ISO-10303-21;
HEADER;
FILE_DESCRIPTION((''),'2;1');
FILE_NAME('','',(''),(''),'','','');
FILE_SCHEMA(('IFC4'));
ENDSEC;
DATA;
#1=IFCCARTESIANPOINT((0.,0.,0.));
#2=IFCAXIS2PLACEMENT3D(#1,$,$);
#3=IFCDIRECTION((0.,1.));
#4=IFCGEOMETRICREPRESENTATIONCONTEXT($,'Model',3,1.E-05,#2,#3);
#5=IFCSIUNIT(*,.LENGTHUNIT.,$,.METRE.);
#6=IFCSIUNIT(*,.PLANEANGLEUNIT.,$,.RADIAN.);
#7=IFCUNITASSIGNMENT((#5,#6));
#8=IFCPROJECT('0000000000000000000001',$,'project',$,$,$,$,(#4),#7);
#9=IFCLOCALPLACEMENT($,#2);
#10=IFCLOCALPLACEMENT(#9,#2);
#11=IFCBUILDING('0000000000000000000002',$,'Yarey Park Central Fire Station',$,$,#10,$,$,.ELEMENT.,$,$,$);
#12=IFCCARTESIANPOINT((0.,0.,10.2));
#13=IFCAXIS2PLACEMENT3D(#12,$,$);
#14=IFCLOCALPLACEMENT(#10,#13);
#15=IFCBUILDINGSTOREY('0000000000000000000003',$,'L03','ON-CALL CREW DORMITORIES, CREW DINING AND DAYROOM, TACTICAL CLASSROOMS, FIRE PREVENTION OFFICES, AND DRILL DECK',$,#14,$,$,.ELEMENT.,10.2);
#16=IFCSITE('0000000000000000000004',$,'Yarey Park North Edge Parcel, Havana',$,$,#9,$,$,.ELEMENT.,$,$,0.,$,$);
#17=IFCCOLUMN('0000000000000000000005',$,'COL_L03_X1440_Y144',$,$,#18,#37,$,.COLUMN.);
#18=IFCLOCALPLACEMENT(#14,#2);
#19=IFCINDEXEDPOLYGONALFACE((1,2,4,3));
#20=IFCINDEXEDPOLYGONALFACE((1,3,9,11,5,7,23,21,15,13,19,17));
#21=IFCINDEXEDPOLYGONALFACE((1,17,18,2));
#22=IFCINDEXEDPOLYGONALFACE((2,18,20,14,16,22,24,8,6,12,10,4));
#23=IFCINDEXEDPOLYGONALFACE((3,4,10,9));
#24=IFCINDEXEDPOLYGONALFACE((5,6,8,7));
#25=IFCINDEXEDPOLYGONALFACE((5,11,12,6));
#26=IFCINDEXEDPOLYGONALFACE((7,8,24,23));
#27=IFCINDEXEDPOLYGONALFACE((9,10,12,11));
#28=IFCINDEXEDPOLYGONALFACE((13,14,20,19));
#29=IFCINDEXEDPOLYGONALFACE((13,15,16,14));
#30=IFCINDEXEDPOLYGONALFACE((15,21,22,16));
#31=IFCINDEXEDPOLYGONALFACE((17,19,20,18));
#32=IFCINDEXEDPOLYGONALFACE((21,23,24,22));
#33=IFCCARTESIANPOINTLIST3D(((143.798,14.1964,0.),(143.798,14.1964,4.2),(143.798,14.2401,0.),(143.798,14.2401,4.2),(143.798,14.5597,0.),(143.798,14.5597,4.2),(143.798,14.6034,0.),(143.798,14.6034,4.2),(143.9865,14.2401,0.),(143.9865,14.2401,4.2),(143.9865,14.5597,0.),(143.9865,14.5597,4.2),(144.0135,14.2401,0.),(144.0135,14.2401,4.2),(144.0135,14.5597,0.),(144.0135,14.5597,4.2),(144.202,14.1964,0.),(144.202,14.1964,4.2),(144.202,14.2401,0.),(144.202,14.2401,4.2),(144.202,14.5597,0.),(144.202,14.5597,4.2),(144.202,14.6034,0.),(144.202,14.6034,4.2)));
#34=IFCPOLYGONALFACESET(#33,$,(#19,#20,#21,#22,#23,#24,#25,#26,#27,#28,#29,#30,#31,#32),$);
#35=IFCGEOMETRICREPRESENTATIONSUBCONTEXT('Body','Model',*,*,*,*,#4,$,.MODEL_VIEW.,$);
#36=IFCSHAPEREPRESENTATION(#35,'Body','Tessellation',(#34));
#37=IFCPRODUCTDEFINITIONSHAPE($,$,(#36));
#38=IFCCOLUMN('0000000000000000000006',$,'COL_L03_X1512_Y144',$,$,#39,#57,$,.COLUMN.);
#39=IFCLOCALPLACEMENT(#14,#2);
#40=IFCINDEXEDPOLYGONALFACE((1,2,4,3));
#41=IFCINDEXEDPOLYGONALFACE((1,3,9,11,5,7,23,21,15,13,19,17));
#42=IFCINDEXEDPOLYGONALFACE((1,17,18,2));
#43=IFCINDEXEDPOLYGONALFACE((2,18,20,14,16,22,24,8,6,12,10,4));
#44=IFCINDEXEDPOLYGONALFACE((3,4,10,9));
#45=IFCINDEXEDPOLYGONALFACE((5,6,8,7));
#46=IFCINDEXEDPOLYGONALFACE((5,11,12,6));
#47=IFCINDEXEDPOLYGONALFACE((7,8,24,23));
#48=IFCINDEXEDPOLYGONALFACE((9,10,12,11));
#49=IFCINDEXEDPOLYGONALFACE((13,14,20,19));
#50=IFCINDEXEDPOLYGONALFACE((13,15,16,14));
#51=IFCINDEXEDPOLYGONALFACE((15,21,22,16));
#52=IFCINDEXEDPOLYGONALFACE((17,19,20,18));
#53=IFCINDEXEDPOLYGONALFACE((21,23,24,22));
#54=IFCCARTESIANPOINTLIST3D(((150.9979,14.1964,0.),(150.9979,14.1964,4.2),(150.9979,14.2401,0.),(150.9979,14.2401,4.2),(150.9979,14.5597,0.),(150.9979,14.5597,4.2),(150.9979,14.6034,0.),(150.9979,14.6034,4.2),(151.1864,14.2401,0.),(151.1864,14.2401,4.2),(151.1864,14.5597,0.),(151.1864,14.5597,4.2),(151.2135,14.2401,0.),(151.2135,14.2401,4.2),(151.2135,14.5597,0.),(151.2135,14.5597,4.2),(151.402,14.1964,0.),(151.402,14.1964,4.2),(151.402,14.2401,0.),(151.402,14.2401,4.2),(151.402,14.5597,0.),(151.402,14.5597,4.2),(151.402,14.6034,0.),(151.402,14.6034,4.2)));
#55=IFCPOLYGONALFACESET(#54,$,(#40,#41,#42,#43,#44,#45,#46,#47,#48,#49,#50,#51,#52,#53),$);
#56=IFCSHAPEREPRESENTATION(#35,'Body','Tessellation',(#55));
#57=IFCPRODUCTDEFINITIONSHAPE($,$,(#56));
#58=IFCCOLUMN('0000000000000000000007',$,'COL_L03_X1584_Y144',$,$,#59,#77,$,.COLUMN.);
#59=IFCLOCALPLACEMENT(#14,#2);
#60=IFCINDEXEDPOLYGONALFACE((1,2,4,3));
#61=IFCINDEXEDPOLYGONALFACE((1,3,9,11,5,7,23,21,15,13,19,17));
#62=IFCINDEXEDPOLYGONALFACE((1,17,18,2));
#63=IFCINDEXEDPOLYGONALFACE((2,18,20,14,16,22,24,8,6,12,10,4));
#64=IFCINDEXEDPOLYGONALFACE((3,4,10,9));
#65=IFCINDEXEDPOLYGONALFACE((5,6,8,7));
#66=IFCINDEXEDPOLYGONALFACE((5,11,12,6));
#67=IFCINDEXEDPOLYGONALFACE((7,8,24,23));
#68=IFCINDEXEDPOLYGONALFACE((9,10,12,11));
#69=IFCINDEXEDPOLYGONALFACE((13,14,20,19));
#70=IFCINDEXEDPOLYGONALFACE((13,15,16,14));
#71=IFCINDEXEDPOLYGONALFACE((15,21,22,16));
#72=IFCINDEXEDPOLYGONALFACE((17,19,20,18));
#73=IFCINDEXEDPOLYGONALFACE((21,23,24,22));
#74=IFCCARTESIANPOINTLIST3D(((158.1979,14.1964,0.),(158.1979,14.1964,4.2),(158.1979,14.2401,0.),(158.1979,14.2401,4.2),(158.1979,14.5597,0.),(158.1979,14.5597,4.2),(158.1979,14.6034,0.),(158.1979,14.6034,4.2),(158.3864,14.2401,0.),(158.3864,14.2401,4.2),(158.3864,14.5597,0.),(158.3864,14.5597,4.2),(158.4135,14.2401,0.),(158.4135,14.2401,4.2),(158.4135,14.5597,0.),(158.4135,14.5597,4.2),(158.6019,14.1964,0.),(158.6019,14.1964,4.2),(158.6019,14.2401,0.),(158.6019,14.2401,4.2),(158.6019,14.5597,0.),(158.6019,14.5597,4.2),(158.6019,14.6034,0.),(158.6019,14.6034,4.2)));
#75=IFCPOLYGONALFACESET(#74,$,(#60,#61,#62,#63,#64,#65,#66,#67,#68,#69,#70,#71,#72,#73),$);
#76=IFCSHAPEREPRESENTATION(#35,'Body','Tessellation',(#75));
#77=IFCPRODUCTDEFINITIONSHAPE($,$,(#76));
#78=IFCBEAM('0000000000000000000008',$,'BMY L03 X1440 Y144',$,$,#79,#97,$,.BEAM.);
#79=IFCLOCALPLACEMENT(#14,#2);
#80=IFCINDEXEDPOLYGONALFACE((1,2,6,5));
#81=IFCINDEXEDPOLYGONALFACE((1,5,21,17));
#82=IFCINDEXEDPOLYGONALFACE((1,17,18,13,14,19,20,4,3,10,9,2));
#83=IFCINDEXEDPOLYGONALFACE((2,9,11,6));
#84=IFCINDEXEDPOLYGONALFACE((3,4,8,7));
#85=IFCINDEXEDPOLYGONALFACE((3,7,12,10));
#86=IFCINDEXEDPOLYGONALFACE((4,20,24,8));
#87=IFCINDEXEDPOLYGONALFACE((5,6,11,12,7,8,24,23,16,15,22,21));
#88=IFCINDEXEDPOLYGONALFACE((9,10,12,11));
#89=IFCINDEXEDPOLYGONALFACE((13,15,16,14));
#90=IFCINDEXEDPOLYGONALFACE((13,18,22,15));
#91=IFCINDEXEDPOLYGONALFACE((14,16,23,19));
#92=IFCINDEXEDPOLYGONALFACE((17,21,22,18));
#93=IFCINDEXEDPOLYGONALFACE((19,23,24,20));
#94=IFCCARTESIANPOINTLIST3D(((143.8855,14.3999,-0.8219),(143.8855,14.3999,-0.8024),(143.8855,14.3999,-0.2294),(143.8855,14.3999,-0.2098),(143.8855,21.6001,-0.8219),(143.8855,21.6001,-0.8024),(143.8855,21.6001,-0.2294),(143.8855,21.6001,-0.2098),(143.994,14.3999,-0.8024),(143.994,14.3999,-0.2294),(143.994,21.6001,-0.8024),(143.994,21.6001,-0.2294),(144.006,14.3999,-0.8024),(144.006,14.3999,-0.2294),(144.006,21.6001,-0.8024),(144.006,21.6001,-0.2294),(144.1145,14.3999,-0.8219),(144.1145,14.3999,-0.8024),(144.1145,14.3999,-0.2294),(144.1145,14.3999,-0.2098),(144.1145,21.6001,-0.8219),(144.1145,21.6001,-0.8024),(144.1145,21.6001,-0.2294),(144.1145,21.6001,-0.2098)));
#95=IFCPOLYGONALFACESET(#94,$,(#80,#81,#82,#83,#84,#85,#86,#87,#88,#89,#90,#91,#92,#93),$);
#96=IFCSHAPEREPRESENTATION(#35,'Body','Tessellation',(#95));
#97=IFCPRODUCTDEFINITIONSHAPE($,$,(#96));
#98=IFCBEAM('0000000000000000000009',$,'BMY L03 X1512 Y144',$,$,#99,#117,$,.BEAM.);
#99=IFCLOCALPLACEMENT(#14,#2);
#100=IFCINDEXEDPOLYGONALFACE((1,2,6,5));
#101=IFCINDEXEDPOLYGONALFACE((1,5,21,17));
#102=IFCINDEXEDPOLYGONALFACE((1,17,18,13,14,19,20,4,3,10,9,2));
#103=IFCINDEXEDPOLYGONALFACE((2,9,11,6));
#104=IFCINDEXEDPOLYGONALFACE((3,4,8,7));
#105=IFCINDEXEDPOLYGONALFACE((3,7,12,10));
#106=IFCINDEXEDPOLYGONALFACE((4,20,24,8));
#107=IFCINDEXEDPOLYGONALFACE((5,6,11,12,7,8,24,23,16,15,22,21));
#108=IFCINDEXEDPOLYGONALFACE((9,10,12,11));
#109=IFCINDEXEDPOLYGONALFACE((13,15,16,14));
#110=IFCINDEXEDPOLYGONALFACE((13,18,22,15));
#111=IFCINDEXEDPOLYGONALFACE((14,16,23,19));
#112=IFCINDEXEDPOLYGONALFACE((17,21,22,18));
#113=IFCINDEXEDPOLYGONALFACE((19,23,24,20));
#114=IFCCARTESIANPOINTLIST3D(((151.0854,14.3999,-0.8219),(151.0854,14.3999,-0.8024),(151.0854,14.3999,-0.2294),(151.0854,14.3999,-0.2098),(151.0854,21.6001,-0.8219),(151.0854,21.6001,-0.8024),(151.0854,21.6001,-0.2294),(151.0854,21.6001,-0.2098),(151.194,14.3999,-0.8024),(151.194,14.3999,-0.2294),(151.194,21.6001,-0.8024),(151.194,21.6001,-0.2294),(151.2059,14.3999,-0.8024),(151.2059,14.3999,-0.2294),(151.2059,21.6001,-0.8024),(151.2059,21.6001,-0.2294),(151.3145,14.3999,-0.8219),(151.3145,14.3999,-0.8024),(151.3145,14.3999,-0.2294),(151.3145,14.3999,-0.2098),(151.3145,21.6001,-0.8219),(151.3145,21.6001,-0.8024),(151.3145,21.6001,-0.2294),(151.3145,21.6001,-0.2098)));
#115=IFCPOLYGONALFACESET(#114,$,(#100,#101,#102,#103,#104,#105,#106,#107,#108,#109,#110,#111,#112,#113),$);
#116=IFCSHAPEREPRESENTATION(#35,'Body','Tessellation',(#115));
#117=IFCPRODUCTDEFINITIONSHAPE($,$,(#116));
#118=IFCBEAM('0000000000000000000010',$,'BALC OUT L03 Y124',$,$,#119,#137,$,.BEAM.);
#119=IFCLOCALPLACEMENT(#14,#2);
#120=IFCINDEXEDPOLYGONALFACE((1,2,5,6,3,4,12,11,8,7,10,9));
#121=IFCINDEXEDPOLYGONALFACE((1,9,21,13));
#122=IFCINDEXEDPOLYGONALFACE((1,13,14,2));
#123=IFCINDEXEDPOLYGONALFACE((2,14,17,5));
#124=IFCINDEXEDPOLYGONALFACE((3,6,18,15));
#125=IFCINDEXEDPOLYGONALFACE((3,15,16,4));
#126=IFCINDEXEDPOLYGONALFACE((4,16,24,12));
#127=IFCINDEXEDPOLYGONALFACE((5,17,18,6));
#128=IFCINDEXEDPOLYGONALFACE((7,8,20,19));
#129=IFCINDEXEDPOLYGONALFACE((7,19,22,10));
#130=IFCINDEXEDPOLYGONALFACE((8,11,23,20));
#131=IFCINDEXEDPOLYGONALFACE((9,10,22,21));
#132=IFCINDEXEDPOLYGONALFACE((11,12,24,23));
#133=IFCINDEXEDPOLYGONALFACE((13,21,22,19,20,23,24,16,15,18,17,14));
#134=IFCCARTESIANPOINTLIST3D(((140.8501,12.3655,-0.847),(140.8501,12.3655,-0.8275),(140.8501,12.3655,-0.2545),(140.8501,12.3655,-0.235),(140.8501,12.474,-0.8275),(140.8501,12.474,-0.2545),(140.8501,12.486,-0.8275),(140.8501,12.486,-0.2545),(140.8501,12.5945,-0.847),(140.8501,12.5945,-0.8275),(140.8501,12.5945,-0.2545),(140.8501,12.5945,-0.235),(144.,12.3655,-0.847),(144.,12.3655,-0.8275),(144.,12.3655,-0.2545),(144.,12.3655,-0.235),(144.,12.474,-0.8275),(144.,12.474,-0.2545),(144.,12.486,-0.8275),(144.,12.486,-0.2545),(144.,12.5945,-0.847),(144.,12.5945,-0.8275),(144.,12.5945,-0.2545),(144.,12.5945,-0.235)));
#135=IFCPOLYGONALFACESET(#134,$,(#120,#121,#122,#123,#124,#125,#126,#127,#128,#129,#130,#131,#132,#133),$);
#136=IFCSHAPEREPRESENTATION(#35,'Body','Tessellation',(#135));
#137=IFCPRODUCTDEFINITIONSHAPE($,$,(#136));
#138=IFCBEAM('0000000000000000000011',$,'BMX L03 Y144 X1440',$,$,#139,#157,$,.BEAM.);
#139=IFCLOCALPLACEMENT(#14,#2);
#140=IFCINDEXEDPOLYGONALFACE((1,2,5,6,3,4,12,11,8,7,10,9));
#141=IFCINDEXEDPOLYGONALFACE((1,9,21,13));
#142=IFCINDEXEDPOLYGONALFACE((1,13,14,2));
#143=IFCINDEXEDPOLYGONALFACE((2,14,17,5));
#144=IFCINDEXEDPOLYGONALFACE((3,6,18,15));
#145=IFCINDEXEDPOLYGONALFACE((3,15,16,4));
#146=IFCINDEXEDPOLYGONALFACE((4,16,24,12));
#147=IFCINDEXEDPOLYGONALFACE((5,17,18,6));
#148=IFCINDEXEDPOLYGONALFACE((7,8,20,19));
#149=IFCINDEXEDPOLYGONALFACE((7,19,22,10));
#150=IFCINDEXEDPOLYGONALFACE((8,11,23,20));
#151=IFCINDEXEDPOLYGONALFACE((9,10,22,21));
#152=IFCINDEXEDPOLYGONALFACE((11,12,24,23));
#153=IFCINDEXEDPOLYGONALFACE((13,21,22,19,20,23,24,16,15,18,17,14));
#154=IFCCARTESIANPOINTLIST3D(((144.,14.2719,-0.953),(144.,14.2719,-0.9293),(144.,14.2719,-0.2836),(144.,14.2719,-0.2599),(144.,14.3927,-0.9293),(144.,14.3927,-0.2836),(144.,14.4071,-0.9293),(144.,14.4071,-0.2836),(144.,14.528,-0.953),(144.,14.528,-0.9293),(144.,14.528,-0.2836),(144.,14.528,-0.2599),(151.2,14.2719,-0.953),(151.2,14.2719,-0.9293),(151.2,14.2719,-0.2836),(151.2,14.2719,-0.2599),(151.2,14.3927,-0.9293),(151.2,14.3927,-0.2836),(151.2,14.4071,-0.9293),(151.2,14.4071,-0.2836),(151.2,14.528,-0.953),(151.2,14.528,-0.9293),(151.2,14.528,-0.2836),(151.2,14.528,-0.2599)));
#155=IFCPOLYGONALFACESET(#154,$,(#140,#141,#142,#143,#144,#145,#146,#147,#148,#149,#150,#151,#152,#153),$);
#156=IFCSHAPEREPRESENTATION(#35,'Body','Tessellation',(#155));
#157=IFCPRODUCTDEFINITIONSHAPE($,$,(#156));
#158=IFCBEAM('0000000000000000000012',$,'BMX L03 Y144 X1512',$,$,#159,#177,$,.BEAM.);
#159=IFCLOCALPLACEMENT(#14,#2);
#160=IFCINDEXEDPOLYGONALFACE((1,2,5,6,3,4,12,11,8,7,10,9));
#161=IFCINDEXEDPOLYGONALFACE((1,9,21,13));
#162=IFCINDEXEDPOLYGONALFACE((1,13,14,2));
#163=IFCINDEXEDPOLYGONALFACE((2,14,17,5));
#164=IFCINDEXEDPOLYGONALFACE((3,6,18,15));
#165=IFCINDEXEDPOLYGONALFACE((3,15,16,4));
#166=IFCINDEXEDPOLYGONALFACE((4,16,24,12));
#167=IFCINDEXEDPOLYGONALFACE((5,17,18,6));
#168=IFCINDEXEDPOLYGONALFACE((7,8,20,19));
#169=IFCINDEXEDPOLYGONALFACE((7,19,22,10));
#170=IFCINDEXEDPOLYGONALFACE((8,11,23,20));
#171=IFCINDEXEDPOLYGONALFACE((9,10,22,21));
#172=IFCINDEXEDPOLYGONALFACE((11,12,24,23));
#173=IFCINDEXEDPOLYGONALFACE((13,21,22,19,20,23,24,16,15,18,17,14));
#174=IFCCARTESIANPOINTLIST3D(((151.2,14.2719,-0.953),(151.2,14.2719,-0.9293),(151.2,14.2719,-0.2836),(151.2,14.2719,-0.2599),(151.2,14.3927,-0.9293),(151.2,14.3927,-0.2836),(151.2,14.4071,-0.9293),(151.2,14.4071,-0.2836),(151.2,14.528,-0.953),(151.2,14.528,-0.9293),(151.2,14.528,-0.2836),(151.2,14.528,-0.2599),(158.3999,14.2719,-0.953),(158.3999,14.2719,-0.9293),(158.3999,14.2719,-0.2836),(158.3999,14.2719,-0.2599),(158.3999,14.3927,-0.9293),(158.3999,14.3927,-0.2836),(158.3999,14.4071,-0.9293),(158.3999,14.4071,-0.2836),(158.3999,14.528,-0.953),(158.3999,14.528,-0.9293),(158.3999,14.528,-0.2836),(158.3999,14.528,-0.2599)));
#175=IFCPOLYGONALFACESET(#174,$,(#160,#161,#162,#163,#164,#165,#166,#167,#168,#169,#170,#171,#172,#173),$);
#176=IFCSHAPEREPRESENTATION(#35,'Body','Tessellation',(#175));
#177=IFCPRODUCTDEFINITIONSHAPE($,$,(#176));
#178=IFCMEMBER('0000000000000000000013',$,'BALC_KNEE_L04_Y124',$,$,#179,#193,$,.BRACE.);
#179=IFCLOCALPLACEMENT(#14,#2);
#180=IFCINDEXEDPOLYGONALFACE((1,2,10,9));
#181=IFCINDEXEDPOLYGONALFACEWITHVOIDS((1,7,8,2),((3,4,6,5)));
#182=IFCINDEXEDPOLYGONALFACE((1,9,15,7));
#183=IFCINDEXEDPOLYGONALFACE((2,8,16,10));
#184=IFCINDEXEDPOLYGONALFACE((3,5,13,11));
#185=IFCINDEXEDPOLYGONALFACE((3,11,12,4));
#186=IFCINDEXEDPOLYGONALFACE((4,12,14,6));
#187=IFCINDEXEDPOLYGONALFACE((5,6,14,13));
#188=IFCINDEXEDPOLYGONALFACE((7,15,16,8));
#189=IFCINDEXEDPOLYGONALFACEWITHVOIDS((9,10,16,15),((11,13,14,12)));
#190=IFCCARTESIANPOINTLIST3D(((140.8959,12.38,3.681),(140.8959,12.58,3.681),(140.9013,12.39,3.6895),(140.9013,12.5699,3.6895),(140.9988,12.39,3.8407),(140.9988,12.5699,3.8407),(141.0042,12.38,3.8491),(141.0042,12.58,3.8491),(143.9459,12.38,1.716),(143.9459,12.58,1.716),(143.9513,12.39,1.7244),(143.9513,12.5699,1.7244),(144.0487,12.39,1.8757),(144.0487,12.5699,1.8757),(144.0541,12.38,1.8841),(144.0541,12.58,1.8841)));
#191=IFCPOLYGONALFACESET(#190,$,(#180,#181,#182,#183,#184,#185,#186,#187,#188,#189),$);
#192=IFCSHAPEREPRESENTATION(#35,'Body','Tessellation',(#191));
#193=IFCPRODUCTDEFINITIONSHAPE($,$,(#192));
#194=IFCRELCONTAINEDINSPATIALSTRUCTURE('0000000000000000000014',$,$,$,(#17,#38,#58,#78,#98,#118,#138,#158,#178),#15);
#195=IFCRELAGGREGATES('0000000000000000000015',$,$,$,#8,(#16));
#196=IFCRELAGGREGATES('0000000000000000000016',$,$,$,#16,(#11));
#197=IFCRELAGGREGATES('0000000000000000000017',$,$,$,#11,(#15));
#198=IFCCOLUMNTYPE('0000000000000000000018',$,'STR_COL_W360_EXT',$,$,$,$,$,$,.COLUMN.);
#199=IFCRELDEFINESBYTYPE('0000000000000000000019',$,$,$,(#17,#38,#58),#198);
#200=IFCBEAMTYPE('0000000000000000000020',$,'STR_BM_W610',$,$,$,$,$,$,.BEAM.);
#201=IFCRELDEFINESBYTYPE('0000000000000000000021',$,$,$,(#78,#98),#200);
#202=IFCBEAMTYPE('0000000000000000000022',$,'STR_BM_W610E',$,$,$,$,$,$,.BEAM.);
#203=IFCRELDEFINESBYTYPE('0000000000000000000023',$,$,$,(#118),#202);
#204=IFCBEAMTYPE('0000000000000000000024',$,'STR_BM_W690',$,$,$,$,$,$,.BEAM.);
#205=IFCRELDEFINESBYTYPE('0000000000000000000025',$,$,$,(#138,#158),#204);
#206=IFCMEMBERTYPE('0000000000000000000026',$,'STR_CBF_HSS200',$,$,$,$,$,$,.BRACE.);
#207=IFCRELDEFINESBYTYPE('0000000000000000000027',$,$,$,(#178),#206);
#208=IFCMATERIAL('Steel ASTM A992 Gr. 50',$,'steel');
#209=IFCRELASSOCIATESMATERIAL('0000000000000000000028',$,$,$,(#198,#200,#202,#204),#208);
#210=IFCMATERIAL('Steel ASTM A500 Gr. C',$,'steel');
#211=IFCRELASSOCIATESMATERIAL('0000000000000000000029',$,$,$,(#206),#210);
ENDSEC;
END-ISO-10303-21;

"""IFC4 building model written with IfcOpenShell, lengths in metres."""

from ifc_helpers import new_model, si_unit, direction, frame, origin, origin_2d, place, context, subcontext, project, spatial, hollow_rectangle, i_section, extrude, material, material_profile, profile_set, type_object, element, save


model = new_model("IFC4")

# Units and contexts
model_context = context("Model", 3, precision=1e-05, world=origin(), true_north=direction((0.0, 1.0)))
body_context = subcontext(model_context, "Body", "Model", "MODEL_VIEW")
ifc_project = project(units=[si_unit("LENGTHUNIT", "METRE"), si_unit("PLANEANGLEUNIT", "RADIAN")], contexts=[model_context])

# Site, building, storey
site_placement = place(None, origin())
site = spatial("IfcSite", under=ifc_project, at=site_placement, Name="Yarey Park North Edge Parcel, Havana", CompositionType="ELEMENT", RefElevation=0.0)
building_placement = place(site_placement, origin())
building = spatial("IfcBuilding", under=site, at=building_placement, Name="Yarey Park Central Fire Station", CompositionType="ELEMENT")
storey_placement = place(building_placement, frame((0.0, 0.0, 10.2)))
storey = spatial("IfcBuildingStorey", under=building, at=storey_placement, Name="L03", Description="ON-CALL CREW DORMITORIES, CREW DINING AND DAYROOM, TACTICAL CLASSROOMS, FIRE PREVENTION OFFICES, AND DRILL DECK", CompositionType="ELEMENT", Elevation=10.2)

# Columns
ifc_material_1 = material(Name="Steel ASTM A992 Gr. 50", Category="steel")
ifc_material_profile_1 = material_profile(ifc_material_1, i_section(OverallWidth=0.4041, OverallDepth=0.407, WebThickness=0.0271, FlangeThickness=0.0437, at=origin_2d()), Name="W360x347")
ifc_profile_set_1 = profile_set([ifc_material_profile_1], Name="Steel ASTM A992 Gr. 50")
column_type = type_object("IfcColumnType", Name="STR_COL_W360_EXT", PredefinedType="COLUMN", material=ifc_profile_set_1)
for number, where, z_axis, x_axis, name in (
    (1, (144.0, 14.3999, 0.0), (0.0, 0.0, 1.0), (1.0, 0.0, 0.0), "COL_L03_X1440_Y144"),
    (2, (151.2, 14.3999, 0.0), (0.0, 0.0, 1.0), (1.0, 0.0, 0.0), "COL_L03_X1512_Y144"),
    (3, (158.3999, 14.3999, 0.0), (0.0, 0.0, 1.0), (1.0, 0.0, 0.0), "COL_L03_X1584_Y144"),
):
    element("IfcColumn", number, at=place(storey_placement, frame(where, z_axis=z_axis, x_axis=x_axis)), inside=storey, type_object=column_type, Name=name, PredefinedType="COLUMN", context=body_context, shape_type="SweptSolid", body=[
        extrude(i_section(OverallWidth=0.4041, OverallDepth=0.407, WebThickness=0.0271, FlangeThickness=0.0437, at=origin_2d()), origin(), (0.0, 0.0, 1.0), 4.2),
    ])

# Beams
ifc_material_profile_2 = material_profile(ifc_material_1, i_section(OverallWidth=0.229, OverallDepth=0.6121, WebThickness=0.012, FlangeThickness=0.0195, at=origin_2d()), Name="W610x125")
ifc_profile_set_2 = profile_set([ifc_material_profile_2], Name="Steel ASTM A992 Gr. 50")
beam_type_1 = type_object("IfcBeamType", Name="STR_BM_W610", PredefinedType="BEAM", material=ifc_profile_set_2)
for number, where, z_axis, x_axis, name in (
    (4, (144.0, 14.3999, -0.5159), (0.0, 1.0, 0.0), (-1.0, 0.0, 0.0), "BMY L03 X1440 Y144"),
    (5, (151.2, 14.3999, -0.5159), (0.0, 1.0, 0.0), (-1.0, 0.0, 0.0), "BMY L03 X1512 Y144"),
):
    element("IfcBeam", number, at=place(storey_placement, frame(where, z_axis=z_axis, x_axis=x_axis)), inside=storey, type_object=beam_type_1, Name=name, PredefinedType="BEAM", context=body_context, shape_type="SweptSolid", body=[
        extrude(i_section(OverallWidth=0.229, OverallDepth=0.6121, WebThickness=0.012, FlangeThickness=0.0195, at=origin_2d()), origin(), (0.0, 0.0, 1.0), 7.2002),
    ])
ifc_material_profile_3 = material_profile(ifc_material_1, i_section(OverallWidth=0.229, OverallDepth=0.6121, WebThickness=0.012, FlangeThickness=0.0195, at=origin_2d()), Name="W610x125")
ifc_profile_set_3 = profile_set([ifc_material_profile_3], Name="Steel ASTM A992 Gr. 50")
beam_type_2 = type_object("IfcBeamType", Name="STR_BM_W610E", PredefinedType="BEAM", material=ifc_profile_set_3)
beam_1_placement = place(storey_placement, frame((140.8501, 12.48, -0.541), z_axis=(1.0, 0.0, 0.0), x_axis=(0.0, 1.0, 0.0)))
element("IfcBeam", 6, at=beam_1_placement, inside=storey, type_object=beam_type_2, Name="BALC OUT L03 Y124", PredefinedType="BEAM", context=body_context, shape_type="SweptSolid", body=[
    extrude(i_section(OverallWidth=0.229, OverallDepth=0.6121, WebThickness=0.012, FlangeThickness=0.0195, at=origin_2d()), origin(), (0.0, 0.0, 1.0), 3.1499),
])
ifc_material_profile_4 = material_profile(ifc_material_1, i_section(OverallWidth=0.2561, OverallDepth=0.6931, WebThickness=0.0144, FlangeThickness=0.0237, at=origin_2d()), Name="W690x170")
ifc_profile_set_4 = profile_set([ifc_material_profile_4], Name="Steel ASTM A992 Gr. 50")
beam_type_3 = type_object("IfcBeamType", Name="STR_BM_W690", PredefinedType="BEAM", material=ifc_profile_set_4)
for number, where, z_axis, x_axis, name in (
    (7, (144.0, 14.3999, -0.6064), (1.0, 0.0, 0.0), (0.0, 1.0, 0.0), "BMX L03 Y144 X1440"),
    (8, (151.2, 14.3999, -0.6064), (1.0, 0.0, 0.0), (0.0, 1.0, 0.0), "BMX L03 Y144 X1512"),
):
    element("IfcBeam", number, at=place(storey_placement, frame(where, z_axis=z_axis, x_axis=x_axis)), inside=storey, type_object=beam_type_3, Name=name, PredefinedType="BEAM", context=body_context, shape_type="SweptSolid", body=[
        extrude(i_section(OverallWidth=0.2561, OverallDepth=0.6931, WebThickness=0.0144, FlangeThickness=0.0237, at=origin_2d()), origin(), (0.0, 0.0, 1.0), 7.2),
    ])

# Member
ifc_material_2 = material(Name="Steel ASTM A500 Gr. C", Category="steel")
ifc_material_profile_5 = material_profile(ifc_material_2, hollow_rectangle(XDim=0.2, YDim=0.2, WallThickness=0.01, at=origin_2d()), Name="HSS 200x200x10")
ifc_profile_set_5 = profile_set([ifc_material_profile_5], Name="Steel ASTM A500 Gr. C")
member_type = type_object("IfcMemberType", Name="STR_CBF_HSS200", PredefinedType="BRACE", material=ifc_profile_set_5)
member_placement = place(storey_placement, frame((144.0, 12.48, 1.8), z_axis=(-0.840634, 0.0, 0.541604), x_axis=(0.0, -1.0, 0.0)))
element("IfcMember", 9, at=member_placement, inside=storey, type_object=member_type, Name="BALC_KNEE_L04_Y124", PredefinedType="BRACE", context=body_context, shape_type="SweptSolid", body=[
    extrude(hollow_rectangle(XDim=0.2, YDim=0.2, WallThickness=0.01, at=origin_2d()), origin(), (0.0, 0.0, 1.0), 3.6282),
])

save(model, "model.ifc")
